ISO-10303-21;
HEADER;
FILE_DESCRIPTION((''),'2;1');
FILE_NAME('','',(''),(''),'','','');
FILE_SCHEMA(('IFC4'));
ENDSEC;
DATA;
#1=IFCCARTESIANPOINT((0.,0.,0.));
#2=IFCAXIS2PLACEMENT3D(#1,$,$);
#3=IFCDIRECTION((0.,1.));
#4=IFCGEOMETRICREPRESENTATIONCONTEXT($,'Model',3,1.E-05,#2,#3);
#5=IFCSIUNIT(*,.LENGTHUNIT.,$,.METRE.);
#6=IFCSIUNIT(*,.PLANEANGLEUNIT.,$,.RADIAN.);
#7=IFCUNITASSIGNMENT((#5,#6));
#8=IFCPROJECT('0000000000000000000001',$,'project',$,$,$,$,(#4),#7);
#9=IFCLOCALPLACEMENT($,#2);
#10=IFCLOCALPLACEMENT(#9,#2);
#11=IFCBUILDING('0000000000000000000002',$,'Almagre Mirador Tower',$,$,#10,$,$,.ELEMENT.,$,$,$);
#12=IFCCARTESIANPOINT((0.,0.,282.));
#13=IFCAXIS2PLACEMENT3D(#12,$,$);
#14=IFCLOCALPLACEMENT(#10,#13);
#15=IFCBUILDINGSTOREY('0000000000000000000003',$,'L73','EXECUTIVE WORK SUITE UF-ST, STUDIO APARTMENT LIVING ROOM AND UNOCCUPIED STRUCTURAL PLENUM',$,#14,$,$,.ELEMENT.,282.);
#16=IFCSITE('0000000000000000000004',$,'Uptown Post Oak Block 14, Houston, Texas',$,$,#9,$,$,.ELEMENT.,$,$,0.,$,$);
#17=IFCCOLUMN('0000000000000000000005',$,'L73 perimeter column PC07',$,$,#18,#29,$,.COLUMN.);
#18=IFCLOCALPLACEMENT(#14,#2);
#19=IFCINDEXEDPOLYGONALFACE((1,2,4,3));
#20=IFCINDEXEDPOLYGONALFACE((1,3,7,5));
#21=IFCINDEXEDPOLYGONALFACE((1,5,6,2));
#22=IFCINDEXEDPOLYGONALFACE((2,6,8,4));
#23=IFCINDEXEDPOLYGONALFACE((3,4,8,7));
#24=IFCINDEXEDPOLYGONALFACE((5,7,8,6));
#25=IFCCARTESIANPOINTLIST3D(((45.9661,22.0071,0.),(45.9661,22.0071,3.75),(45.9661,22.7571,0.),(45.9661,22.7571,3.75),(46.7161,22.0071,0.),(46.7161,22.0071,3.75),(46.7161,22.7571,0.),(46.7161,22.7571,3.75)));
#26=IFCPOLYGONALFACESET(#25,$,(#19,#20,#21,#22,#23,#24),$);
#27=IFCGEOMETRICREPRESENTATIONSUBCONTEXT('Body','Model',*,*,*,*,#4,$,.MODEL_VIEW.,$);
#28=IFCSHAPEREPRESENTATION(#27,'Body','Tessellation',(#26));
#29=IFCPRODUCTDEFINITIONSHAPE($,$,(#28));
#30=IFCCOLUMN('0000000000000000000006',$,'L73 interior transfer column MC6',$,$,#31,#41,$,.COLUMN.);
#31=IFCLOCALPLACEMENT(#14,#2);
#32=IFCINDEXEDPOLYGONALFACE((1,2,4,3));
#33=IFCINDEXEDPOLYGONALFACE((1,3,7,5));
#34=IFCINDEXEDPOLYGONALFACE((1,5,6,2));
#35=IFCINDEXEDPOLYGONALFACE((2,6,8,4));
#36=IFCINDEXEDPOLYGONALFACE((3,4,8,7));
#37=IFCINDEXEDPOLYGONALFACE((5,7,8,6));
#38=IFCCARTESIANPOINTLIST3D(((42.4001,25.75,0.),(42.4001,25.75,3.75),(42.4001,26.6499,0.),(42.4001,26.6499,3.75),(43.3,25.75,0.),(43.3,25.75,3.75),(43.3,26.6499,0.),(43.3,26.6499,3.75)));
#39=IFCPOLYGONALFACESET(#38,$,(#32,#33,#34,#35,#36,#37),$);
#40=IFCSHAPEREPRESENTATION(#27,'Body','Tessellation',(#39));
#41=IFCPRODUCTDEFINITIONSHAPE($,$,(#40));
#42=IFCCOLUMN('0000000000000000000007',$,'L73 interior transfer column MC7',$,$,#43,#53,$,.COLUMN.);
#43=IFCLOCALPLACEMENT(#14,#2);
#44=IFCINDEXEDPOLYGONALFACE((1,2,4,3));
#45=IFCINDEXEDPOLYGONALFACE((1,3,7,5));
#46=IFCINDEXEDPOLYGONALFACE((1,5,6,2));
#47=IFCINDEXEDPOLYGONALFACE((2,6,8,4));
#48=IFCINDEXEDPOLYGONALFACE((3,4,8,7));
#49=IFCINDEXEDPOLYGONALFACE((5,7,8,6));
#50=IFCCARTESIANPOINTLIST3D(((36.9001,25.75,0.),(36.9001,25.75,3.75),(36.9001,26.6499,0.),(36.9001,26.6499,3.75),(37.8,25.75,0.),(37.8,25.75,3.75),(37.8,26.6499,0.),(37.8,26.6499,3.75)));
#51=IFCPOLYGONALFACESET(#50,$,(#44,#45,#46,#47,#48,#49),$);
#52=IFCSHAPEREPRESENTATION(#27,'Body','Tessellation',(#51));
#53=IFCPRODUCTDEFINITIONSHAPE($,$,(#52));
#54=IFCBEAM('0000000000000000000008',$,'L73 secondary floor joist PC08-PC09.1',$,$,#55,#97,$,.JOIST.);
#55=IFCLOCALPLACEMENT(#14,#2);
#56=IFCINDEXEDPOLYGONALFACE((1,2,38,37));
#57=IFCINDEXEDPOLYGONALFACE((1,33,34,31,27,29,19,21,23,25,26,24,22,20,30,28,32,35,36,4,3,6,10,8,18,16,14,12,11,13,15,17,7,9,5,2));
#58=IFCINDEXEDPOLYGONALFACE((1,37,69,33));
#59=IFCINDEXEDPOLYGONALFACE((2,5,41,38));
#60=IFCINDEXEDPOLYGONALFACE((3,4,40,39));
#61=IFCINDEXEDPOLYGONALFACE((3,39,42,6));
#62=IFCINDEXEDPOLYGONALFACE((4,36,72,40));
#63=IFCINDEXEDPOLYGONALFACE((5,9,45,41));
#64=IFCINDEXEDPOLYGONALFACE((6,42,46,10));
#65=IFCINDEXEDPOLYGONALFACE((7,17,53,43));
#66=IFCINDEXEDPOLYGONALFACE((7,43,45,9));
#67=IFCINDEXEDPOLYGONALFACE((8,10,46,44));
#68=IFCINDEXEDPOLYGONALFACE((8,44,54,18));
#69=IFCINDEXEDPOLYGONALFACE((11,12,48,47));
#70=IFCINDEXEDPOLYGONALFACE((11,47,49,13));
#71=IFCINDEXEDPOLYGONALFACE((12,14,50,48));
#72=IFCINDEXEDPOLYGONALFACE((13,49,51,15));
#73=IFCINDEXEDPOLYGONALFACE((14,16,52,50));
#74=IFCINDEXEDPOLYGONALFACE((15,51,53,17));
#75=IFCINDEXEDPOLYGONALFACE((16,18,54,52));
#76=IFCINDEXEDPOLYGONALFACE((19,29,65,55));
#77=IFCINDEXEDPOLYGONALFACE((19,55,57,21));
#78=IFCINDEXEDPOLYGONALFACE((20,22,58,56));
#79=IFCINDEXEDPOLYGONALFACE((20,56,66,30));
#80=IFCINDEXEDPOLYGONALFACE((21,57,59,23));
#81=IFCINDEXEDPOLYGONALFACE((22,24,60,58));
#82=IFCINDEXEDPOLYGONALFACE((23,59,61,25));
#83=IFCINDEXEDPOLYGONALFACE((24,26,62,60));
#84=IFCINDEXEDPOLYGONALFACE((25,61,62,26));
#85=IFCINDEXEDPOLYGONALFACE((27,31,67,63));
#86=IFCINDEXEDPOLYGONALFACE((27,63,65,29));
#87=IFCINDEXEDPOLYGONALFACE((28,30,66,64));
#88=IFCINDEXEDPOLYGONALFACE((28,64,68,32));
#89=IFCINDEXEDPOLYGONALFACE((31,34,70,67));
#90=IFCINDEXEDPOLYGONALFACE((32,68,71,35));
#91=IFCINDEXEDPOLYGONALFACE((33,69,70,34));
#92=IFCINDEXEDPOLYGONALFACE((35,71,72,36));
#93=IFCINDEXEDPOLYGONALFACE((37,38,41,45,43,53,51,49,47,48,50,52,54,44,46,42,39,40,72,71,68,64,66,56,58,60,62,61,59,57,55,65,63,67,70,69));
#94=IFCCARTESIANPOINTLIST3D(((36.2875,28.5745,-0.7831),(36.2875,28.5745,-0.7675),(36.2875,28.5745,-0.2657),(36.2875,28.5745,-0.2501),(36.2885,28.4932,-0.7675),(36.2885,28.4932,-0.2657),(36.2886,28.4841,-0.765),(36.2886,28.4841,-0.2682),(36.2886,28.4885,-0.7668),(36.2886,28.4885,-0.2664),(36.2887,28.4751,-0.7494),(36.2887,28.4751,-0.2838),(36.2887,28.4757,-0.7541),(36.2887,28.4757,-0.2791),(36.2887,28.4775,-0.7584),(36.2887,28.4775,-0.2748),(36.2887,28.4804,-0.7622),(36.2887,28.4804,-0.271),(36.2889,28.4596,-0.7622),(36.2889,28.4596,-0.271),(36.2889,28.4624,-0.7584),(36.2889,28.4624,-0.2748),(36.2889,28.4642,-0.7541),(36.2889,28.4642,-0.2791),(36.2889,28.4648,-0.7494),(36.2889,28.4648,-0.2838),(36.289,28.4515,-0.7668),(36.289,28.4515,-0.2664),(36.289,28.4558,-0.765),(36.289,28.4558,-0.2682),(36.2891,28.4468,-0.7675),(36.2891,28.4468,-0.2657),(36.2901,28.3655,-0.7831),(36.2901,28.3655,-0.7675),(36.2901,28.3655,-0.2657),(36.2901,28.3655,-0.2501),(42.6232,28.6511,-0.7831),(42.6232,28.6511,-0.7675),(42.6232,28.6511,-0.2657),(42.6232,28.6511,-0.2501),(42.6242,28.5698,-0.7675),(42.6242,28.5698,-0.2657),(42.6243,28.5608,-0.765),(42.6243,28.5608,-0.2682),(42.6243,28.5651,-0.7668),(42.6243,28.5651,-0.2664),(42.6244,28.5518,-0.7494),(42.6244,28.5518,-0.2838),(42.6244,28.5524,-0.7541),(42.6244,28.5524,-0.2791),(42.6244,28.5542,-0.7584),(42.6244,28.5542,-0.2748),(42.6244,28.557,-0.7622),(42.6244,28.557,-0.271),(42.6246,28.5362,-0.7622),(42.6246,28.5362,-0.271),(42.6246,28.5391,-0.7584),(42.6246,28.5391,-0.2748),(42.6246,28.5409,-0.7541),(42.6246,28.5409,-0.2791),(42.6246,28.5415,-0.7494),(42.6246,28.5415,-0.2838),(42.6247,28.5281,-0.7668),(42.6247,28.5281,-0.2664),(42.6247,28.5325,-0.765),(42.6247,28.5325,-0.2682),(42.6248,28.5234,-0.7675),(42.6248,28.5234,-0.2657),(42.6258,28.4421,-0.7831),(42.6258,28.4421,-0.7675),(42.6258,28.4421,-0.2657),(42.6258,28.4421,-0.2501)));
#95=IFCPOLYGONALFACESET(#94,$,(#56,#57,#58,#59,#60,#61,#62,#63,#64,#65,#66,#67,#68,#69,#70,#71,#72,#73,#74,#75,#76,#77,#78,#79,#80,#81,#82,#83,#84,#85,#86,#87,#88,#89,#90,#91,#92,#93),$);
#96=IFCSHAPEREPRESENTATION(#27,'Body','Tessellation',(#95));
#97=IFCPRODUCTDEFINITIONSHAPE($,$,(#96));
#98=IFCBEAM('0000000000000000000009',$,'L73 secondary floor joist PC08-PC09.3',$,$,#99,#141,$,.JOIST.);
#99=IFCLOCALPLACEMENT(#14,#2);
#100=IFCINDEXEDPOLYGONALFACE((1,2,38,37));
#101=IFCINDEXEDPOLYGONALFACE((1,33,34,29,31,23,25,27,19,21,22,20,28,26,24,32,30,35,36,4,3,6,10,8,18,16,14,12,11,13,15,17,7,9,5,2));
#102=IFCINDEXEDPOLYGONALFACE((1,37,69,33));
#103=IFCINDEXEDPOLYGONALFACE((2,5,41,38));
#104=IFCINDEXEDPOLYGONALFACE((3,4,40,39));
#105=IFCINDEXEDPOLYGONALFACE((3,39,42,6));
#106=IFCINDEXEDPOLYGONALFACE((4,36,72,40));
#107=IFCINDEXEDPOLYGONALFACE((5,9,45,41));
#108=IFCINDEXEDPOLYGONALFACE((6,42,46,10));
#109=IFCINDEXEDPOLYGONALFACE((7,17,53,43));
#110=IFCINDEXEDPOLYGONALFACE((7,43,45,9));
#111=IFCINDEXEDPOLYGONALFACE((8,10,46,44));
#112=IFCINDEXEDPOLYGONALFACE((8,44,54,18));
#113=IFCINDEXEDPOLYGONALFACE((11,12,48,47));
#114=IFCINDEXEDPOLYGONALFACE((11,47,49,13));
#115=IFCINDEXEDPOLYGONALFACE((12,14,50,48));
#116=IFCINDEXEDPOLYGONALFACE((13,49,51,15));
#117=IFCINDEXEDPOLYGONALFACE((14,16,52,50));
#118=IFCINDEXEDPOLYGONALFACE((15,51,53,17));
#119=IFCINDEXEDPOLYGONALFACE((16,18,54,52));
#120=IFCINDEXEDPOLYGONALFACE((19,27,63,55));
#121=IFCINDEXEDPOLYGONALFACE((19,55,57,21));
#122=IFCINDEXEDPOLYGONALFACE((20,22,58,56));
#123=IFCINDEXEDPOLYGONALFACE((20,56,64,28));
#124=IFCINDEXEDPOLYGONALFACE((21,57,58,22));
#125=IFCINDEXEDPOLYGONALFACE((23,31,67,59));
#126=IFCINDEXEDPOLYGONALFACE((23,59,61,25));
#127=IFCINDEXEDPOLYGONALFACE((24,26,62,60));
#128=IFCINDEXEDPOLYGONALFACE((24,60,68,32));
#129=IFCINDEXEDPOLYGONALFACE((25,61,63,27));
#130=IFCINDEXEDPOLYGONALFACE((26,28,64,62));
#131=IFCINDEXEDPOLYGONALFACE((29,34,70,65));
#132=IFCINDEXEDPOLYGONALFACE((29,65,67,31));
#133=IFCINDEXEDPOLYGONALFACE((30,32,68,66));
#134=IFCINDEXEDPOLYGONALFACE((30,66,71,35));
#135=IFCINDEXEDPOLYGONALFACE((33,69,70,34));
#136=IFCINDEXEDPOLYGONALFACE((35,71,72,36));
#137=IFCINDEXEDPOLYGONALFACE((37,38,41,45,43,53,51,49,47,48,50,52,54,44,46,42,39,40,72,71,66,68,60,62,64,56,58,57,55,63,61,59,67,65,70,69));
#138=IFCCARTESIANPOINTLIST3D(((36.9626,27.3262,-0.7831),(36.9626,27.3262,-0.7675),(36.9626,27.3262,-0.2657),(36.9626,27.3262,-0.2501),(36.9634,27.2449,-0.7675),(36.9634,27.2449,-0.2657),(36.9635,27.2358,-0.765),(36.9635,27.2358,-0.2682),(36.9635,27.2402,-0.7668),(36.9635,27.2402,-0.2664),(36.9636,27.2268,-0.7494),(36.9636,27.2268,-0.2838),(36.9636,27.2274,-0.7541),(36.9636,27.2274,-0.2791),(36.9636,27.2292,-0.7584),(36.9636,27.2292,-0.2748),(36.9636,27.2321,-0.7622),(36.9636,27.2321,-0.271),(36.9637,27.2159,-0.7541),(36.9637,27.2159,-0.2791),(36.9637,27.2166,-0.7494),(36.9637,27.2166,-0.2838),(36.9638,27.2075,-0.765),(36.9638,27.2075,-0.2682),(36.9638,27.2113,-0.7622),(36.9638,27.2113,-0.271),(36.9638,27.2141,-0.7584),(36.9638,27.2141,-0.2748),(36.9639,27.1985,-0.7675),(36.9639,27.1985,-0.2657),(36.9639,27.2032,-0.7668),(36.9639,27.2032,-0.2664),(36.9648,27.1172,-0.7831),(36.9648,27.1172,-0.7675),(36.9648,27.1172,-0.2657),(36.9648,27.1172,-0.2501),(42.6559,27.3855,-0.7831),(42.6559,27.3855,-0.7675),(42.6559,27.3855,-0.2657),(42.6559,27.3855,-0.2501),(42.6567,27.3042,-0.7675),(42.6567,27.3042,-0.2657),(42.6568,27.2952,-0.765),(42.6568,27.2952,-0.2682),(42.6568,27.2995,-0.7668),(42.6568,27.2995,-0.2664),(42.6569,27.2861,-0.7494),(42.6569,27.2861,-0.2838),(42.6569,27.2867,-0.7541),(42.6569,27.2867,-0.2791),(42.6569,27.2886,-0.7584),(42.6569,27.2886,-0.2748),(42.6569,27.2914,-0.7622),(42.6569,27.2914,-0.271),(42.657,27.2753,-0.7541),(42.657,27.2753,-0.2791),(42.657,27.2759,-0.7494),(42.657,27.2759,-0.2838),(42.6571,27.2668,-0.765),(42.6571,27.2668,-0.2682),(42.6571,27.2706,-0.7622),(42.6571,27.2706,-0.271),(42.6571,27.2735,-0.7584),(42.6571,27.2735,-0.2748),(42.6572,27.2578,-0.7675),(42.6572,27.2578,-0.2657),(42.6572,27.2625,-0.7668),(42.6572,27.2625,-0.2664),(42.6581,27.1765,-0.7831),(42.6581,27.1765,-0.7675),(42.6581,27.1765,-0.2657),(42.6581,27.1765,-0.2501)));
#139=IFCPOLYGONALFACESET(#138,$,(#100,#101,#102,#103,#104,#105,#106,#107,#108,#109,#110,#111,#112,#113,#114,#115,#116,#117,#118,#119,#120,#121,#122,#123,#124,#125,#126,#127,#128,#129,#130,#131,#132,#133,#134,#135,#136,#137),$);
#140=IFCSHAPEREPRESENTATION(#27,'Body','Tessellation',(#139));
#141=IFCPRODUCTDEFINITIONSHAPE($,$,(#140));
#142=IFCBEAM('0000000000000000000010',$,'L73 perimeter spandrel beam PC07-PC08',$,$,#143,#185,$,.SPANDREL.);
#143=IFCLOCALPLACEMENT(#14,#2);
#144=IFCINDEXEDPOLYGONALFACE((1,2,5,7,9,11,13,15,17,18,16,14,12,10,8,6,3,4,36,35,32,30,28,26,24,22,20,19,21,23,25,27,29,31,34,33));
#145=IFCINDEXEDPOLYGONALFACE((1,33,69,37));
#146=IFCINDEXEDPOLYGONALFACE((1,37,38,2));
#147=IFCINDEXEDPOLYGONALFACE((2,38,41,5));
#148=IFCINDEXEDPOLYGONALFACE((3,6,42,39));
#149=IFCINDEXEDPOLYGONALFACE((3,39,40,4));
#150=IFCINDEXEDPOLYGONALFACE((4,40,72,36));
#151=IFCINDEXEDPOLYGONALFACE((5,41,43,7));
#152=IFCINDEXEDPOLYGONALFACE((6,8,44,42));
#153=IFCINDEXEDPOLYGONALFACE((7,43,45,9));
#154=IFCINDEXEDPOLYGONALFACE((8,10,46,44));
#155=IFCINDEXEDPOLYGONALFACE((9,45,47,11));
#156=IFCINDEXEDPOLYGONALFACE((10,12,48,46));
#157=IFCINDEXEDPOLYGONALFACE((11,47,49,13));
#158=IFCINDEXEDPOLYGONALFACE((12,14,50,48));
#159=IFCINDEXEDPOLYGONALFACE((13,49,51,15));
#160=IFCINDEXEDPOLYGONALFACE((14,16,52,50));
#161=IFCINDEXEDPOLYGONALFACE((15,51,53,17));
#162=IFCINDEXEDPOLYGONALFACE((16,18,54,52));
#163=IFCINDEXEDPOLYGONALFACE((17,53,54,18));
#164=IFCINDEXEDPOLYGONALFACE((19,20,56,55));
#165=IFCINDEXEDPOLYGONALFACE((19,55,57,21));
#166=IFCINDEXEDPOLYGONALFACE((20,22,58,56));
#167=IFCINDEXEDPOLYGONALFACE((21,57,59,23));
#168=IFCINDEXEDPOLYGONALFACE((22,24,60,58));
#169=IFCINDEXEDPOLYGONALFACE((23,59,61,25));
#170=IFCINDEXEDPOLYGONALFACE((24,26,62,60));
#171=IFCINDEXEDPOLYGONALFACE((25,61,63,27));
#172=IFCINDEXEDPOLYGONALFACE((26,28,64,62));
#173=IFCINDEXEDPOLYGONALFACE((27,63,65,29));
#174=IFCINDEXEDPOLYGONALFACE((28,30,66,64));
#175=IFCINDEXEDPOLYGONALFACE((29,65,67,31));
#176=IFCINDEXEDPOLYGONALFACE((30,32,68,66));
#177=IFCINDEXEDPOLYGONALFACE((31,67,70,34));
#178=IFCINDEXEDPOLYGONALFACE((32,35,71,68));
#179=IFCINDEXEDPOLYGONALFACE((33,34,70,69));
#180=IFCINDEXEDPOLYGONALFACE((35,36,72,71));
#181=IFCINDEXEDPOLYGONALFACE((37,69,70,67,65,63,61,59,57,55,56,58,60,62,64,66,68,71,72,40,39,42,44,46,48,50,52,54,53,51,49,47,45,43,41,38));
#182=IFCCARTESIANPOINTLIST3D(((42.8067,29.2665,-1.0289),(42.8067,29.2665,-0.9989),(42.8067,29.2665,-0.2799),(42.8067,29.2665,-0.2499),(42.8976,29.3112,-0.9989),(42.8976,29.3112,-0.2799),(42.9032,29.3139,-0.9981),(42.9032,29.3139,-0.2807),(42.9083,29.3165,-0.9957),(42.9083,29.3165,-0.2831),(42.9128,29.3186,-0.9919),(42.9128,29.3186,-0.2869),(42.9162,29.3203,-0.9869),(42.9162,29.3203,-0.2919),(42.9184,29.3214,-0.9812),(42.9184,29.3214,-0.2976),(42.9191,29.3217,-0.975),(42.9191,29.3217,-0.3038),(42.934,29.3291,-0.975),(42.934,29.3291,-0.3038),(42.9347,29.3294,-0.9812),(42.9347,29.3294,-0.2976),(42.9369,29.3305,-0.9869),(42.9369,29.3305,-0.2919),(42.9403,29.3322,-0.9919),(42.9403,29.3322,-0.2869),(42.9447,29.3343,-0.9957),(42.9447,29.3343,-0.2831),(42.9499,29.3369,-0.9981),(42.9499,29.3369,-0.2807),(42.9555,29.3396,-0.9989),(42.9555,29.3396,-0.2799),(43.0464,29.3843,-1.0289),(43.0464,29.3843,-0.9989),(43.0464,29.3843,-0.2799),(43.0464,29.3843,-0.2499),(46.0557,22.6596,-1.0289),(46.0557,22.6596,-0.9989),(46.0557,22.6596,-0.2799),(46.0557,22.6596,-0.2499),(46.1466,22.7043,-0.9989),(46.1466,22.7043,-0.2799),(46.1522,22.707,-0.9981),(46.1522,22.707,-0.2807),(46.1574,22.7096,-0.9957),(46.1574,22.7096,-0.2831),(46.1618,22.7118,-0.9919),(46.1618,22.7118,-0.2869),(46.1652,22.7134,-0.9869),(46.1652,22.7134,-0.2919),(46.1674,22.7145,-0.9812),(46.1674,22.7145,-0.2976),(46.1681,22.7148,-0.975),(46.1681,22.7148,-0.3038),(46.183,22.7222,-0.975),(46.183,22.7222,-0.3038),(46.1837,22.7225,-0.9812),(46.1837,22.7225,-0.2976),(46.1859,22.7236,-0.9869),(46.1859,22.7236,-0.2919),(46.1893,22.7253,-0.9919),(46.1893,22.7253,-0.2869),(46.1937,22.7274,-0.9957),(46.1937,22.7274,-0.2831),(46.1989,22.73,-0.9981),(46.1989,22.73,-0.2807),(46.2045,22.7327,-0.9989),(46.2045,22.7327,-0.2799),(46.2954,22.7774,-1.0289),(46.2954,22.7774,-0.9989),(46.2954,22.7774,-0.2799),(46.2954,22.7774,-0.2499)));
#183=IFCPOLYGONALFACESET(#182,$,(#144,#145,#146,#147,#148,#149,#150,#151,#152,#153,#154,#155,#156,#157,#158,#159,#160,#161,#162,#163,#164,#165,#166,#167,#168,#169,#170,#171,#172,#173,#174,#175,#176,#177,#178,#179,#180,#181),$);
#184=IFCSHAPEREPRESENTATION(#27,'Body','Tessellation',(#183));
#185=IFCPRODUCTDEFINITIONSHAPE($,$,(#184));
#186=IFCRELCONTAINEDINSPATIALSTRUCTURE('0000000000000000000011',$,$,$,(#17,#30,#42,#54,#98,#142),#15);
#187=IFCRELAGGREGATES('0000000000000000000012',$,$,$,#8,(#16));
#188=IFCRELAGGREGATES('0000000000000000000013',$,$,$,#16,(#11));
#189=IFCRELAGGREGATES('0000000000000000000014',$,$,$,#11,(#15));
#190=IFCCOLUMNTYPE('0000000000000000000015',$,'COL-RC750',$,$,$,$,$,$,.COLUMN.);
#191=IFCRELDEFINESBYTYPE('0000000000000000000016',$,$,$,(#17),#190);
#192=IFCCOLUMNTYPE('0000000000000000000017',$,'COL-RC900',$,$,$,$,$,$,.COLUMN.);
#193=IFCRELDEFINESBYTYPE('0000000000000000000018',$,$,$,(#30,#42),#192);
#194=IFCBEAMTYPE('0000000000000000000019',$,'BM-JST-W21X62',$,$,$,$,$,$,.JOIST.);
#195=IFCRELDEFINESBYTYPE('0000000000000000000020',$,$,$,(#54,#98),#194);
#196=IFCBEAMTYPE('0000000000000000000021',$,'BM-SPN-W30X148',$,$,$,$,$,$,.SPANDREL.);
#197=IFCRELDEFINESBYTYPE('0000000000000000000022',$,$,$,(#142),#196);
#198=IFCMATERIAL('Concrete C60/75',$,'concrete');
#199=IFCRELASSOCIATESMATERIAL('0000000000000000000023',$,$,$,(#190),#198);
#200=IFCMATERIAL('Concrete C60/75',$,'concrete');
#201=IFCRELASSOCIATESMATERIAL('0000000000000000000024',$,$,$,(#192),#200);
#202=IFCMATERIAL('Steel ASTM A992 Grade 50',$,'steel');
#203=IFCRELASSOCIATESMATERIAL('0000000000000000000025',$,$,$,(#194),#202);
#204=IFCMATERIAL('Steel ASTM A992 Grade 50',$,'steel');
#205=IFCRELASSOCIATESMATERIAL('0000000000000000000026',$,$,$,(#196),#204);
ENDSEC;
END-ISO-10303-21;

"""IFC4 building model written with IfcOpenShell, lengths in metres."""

from ifc_helpers import new_model, si_unit, direction, frame, origin, origin_2d, place, context, subcontext, project, spatial, rectangle, i_section, extrude, material, material_profile, profile_set, type_object, element, save


model = new_model("IFC4")

# Units and contexts
model_context = context("Model", 3, precision=1e-05, world=origin(), true_north=direction((0.0, 1.0)))
body_context = subcontext(model_context, "Body", "Model", "MODEL_VIEW")
ifc_project = project(units=[si_unit("LENGTHUNIT", "METRE"), si_unit("PLANEANGLEUNIT", "RADIAN")], contexts=[model_context])

# Site, building, storey
site_placement = place(None, origin())
site = spatial("IfcSite", under=ifc_project, at=site_placement, Name="Uptown Post Oak Block 14, Houston, Texas", CompositionType="ELEMENT", RefElevation=0.0)
building_placement = place(site_placement, origin())
building = spatial("IfcBuilding", under=site, at=building_placement, Name="Almagre Mirador Tower", CompositionType="ELEMENT")
storey_placement = place(building_placement, frame((0.0, 0.0, 282.0)))
storey = spatial("IfcBuildingStorey", under=building, at=storey_placement, Name="L73", Description="EXECUTIVE WORK SUITE UF-ST, STUDIO APARTMENT LIVING ROOM AND UNOCCUPIED STRUCTURAL PLENUM", CompositionType="ELEMENT", Elevation=282.0)

# Columns
ifc_material_1 = material(Name="Concrete C60/75", Category="concrete")
ifc_material_profile_1 = material_profile(ifc_material_1, rectangle(XDim=0.75, YDim=0.75, at=origin_2d()), Name="RC750X750")
ifc_profile_set_1 = profile_set([ifc_material_profile_1], Name="Concrete C60/75")
column_type_1 = type_object("IfcColumnType", Name="COL-RC750", PredefinedType="COLUMN", material=ifc_profile_set_1)
column_placement = place(storey_placement, frame((46.3411, 22.3821, 0.0), z_axis=(0.0, 0.0, 1.0), x_axis=(1.0, 0.0, 0.0)))
element("IfcColumn", 1, at=column_placement, inside=storey, type_object=column_type_1, Name="L73 perimeter column PC07", PredefinedType="COLUMN", context=body_context, shape_type="SweptSolid", body=[
    extrude(rectangle(XDim=0.75, YDim=0.75, at=origin_2d()), origin(), (0.0, 0.0, 1.0), 3.75),
])
ifc_material_2 = material(Name="Concrete C60/75", Category="concrete")
ifc_material_profile_2 = material_profile(ifc_material_2, rectangle(XDim=0.8999, YDim=0.8999, at=origin_2d()), Name="RC900X900")
ifc_profile_set_2 = profile_set([ifc_material_profile_2], Name="Concrete C60/75")
column_type_2 = type_object("IfcColumnType", Name="COL-RC900", PredefinedType="COLUMN", material=ifc_profile_set_2)
for number, where, z_axis, x_axis, name in (
    (2, (42.8501, 26.2, 0.0), (0.0, 0.0, 1.0), (1.0, 0.0, 0.0), "L73 interior transfer column MC6"),
    (3, (37.3501, 26.2, 0.0), (0.0, 0.0, 1.0), (1.0, 0.0, 0.0), "L73 interior transfer column MC7"),
):
    element("IfcColumn", number, at=place(storey_placement, frame(where, z_axis=z_axis, x_axis=x_axis)), inside=storey, type_object=column_type_2, Name=name, PredefinedType="COLUMN", context=body_context, shape_type="SweptSolid", body=[
        extrude(rectangle(XDim=0.8999, YDim=0.8999, at=origin_2d()), origin(), (0.0, 0.0, 1.0), 3.75),
    ])

# Beams
ifc_material_3 = material(Name="Steel ASTM A992 Grade 50", Category="steel")
ifc_material_profile_3 = material_profile(ifc_material_3, i_section(OverallWidth=0.209, OverallDepth=0.533, WebThickness=0.0103, FlangeThickness=0.0156, FilletRadius=0.0181, at=origin_2d()), Name="W21X62")
ifc_profile_set_3 = profile_set([ifc_material_profile_3], Name="Steel ASTM A992 Grade 50")
beam_type_1 = type_object("IfcBeamType", Name="BM-JST-W21X62", PredefinedType="JOIST", material=ifc_profile_set_3)
beam_1_placement = place(storey_placement, frame((42.6245, 28.5466, -0.5166), z_axis=(-0.999927, -0.012099, 0.0), x_axis=(0.012099, -0.999927, 0.0)))
element("IfcBeam", 4, at=beam_1_placement, inside=storey, type_object=beam_type_1, Name="L73 secondary floor joist PC08-PC09.1", PredefinedType="JOIST", context=body_context, shape_type="SweptSolid", body=[
    extrude(i_section(OverallWidth=0.209, OverallDepth=0.533, WebThickness=0.0103, FlangeThickness=0.0156, FilletRadius=0.0181, at=origin_2d()), origin(), (0.0, 0.0, 1.0), 6.3362),
])
beam_2_placement = place(storey_placement, frame((42.657, 27.281, -0.5166), z_axis=(-0.999946, -0.01042, 0.0), x_axis=(0.01042, -0.999946, 0.0)))
element("IfcBeam", 5, at=beam_2_placement, inside=storey, type_object=beam_type_1, Name="L73 secondary floor joist PC08-PC09.3", PredefinedType="JOIST", context=body_context, shape_type="SweptSolid", body=[
    extrude(i_section(OverallWidth=0.209, OverallDepth=0.533, WebThickness=0.0103, FlangeThickness=0.0156, FilletRadius=0.0181, at=origin_2d()), origin(), (0.0, 0.0, 1.0), 5.6936),
])
ifc_material_4 = material(Name="Steel ASTM A992 Grade 50", Category="steel")
ifc_material_profile_4 = material_profile(ifc_material_4, i_section(OverallWidth=0.2671, OverallDepth=0.7791, WebThickness=0.0166, FlangeThickness=0.03, FilletRadius=0.0239, at=origin_2d()), Name="W30X148")
ifc_profile_set_4 = profile_set([ifc_material_profile_4], Name="Steel ASTM A992 Grade 50")
beam_type_2 = type_object("IfcBeamType", Name="BM-SPN-W30X148", PredefinedType="SPANDREL", material=ifc_profile_set_4)
beam_3_placement = place(storey_placement, frame((46.1755, 22.7185, -0.6394), z_axis=(-0.441288, 0.897365, 0.0), x_axis=(-0.897365, -0.441288, 0.0)))
element("IfcBeam", 6, at=beam_3_placement, inside=storey, type_object=beam_type_2, Name="L73 perimeter spandrel beam PC07-PC08", PredefinedType="SPANDREL", context=body_context, shape_type="SweptSolid", body=[
    extrude(i_section(OverallWidth=0.2671, OverallDepth=0.7791, WebThickness=0.0166, FlangeThickness=0.03, FilletRadius=0.0239, at=origin_2d()), origin(), (0.0, 0.0, 1.0), 7.3625),
])

save(model, "model.ifc")
